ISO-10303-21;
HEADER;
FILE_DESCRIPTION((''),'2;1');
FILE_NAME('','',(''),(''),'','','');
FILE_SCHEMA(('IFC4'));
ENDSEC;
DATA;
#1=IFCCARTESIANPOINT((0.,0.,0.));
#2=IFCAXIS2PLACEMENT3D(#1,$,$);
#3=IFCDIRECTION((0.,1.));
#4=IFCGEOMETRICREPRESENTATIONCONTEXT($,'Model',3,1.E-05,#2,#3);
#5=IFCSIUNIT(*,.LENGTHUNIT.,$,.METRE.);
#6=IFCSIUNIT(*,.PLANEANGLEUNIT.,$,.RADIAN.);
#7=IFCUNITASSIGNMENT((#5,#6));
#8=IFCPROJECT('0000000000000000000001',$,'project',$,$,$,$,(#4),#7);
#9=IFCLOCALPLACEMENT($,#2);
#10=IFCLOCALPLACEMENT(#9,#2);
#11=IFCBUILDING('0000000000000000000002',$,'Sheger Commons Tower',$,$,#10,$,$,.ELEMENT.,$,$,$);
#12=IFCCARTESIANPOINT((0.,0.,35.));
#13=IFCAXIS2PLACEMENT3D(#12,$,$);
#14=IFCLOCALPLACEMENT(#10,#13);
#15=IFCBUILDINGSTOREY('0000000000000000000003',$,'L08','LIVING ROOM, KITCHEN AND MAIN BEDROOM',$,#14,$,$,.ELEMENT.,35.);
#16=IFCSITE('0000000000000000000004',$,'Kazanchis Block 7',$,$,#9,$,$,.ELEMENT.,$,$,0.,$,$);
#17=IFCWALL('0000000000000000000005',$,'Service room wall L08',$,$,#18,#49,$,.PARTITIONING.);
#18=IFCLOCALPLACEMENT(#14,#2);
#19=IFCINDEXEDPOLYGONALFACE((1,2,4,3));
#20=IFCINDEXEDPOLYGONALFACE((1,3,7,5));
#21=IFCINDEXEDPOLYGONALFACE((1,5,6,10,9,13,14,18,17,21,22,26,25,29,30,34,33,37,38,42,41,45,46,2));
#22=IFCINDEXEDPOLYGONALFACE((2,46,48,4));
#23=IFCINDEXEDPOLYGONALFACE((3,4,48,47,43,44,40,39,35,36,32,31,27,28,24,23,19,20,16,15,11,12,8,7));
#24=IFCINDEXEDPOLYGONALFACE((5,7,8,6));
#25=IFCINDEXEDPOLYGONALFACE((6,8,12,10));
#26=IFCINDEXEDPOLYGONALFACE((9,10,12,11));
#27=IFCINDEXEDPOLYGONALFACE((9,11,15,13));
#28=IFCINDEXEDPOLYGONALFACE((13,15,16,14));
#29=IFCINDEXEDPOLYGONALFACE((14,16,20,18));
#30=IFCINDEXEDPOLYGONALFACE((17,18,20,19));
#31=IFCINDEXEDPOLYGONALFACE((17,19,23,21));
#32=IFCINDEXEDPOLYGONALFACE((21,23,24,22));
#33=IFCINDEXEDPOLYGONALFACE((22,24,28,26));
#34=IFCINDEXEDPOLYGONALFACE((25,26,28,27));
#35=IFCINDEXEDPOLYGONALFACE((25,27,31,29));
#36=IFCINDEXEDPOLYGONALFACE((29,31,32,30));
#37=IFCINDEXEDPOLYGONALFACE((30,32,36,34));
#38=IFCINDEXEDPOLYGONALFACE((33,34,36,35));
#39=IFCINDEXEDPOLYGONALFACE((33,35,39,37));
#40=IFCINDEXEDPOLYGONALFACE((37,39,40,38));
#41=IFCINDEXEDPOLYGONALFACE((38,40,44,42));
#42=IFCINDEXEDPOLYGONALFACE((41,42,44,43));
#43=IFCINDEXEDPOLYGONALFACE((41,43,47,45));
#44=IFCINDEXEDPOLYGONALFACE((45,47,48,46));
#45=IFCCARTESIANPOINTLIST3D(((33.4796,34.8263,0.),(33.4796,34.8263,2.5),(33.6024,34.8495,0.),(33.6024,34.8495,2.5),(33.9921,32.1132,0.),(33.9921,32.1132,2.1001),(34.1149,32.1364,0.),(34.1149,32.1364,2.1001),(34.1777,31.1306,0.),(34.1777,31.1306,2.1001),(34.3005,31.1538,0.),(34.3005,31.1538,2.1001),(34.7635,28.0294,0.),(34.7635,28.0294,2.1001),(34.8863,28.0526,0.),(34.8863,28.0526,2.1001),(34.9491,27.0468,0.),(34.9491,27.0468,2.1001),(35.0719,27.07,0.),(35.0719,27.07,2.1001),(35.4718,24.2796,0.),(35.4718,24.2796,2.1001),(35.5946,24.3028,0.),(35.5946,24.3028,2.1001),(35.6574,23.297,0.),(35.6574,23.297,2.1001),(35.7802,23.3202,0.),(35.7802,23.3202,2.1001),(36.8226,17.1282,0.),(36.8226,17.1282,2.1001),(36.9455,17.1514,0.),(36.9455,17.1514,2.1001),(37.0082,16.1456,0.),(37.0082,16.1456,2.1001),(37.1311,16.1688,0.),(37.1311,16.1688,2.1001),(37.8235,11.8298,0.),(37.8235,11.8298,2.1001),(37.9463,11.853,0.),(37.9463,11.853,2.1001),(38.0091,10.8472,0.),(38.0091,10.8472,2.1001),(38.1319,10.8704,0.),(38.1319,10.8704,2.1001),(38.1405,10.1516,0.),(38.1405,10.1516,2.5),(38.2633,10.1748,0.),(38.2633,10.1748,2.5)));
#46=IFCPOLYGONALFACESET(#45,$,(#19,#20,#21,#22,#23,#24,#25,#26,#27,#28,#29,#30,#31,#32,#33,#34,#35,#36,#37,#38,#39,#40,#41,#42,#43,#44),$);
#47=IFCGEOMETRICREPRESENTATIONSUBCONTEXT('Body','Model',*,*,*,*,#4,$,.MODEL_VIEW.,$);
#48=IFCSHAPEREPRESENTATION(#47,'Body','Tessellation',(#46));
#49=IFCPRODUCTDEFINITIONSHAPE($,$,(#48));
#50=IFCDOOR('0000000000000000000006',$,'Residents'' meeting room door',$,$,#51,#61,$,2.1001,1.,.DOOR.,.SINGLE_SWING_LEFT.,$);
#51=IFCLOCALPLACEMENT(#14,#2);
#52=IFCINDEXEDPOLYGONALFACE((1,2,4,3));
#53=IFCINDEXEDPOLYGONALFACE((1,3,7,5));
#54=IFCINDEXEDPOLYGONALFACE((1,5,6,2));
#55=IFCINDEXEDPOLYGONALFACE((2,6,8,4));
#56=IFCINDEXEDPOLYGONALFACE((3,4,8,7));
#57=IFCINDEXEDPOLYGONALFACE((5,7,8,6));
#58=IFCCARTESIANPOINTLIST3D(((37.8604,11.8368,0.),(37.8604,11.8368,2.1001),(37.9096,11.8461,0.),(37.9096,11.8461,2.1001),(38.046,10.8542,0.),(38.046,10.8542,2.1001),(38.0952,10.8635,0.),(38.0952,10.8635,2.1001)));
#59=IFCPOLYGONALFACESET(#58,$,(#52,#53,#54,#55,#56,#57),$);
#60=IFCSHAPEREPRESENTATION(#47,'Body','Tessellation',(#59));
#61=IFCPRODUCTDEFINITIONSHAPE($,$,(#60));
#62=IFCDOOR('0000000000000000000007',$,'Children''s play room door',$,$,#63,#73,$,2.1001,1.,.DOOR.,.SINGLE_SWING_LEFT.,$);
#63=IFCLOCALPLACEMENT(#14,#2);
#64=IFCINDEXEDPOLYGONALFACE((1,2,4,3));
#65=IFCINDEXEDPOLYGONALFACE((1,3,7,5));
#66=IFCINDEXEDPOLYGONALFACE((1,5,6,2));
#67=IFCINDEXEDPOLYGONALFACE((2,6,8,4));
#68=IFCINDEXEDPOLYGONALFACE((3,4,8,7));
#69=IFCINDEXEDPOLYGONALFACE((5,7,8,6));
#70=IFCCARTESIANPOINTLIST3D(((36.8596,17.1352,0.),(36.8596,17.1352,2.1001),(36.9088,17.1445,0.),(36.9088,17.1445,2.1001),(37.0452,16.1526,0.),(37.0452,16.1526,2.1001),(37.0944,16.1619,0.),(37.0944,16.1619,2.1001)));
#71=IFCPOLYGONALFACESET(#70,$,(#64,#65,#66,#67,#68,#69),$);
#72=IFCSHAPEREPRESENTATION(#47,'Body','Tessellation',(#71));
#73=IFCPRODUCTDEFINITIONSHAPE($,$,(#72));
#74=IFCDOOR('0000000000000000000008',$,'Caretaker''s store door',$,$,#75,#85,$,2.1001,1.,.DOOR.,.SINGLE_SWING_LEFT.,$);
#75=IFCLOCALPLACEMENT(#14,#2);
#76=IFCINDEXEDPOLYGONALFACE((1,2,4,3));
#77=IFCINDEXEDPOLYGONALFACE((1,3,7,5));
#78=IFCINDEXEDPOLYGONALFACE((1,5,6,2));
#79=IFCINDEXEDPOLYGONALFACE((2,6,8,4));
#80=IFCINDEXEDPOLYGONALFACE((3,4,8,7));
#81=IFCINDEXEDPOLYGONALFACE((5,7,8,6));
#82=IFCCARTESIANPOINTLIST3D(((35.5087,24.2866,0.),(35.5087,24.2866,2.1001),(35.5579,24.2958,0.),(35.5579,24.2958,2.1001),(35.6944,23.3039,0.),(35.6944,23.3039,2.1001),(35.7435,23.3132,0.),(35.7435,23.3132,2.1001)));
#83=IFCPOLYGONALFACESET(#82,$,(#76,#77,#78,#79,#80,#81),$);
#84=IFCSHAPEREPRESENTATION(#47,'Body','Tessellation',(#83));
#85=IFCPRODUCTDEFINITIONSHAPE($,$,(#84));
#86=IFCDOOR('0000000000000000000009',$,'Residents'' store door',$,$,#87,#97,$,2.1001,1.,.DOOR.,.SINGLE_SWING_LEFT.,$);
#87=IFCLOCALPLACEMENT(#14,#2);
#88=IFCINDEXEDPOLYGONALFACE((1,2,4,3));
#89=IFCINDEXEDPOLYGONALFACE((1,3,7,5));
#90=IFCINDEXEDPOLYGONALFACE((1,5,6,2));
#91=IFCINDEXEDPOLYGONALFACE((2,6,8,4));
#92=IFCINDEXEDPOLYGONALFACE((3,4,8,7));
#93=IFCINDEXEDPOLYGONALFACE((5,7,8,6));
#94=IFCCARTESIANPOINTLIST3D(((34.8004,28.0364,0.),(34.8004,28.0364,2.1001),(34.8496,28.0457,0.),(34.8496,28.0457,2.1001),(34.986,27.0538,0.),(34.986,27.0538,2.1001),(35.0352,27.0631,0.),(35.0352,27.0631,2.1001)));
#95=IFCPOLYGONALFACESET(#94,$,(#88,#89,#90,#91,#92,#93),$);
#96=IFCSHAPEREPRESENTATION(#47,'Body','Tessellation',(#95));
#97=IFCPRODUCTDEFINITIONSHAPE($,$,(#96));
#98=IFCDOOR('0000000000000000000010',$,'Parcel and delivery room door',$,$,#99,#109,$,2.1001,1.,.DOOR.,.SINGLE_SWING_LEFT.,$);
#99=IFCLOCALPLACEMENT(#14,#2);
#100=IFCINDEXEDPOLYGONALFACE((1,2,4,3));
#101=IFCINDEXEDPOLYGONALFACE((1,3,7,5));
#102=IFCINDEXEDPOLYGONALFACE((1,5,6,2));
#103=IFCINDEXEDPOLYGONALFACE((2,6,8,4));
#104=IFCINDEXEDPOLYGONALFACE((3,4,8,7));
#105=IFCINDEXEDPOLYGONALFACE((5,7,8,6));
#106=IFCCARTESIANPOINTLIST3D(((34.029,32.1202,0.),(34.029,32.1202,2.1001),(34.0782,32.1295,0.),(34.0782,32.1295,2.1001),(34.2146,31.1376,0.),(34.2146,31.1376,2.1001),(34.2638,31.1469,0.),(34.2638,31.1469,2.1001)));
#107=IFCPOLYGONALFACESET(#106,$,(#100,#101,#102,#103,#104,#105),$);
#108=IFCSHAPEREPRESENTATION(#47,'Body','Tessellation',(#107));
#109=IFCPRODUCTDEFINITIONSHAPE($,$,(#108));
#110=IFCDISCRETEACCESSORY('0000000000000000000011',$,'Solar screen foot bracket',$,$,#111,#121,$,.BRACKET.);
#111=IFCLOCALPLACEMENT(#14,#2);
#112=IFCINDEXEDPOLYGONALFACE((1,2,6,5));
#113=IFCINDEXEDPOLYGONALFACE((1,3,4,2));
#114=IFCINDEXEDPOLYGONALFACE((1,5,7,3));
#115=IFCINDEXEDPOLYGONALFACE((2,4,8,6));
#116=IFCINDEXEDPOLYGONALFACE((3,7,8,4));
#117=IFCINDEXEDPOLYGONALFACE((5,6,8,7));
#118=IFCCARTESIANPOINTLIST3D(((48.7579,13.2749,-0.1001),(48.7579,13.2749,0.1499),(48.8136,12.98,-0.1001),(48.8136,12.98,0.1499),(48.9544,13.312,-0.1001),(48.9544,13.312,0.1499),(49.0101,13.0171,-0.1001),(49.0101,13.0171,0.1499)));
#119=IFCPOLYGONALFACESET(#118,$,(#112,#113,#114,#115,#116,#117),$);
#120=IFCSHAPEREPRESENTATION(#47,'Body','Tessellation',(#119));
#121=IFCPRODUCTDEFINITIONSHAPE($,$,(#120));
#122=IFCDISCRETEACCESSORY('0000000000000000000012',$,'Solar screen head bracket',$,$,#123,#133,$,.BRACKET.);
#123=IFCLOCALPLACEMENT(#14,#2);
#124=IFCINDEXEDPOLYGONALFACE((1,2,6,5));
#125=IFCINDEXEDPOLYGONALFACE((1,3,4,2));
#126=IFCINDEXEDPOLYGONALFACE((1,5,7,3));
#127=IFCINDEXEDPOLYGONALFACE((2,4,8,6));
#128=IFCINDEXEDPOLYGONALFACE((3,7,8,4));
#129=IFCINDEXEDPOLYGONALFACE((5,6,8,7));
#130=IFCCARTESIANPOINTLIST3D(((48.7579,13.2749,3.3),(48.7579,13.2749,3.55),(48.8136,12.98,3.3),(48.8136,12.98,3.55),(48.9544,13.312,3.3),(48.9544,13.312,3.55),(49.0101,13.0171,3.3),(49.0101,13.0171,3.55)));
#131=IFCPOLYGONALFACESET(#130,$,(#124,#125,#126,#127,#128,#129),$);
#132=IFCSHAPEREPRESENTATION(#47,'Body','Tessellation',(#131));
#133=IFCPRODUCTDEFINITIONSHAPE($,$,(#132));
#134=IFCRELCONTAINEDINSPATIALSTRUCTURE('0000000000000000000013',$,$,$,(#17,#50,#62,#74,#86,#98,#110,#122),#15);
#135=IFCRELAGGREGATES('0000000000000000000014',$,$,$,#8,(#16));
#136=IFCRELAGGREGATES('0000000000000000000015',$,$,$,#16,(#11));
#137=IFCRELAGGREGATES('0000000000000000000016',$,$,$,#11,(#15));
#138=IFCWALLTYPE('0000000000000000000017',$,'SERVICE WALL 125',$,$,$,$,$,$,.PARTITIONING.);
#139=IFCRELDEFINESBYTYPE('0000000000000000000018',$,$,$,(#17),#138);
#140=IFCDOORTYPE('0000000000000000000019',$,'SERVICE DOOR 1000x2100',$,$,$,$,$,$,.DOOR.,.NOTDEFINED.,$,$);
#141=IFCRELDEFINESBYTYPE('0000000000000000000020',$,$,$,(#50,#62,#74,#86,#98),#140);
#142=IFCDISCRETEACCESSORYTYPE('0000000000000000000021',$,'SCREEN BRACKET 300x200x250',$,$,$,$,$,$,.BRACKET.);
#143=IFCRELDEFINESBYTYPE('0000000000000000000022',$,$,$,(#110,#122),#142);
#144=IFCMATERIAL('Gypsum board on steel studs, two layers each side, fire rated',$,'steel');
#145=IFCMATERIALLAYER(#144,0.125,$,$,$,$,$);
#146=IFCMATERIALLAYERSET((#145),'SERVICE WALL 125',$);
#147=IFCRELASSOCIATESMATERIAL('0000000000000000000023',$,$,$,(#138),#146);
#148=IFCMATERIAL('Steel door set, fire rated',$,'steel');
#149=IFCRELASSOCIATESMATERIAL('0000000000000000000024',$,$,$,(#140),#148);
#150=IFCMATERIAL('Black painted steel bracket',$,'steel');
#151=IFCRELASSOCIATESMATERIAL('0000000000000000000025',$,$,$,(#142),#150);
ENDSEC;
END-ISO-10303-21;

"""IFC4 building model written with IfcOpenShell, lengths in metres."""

from ifc_helpers import new_model, si_unit, direction, frame, frame_2d, origin, origin_2d, place, context, subcontext, project, spatial, rectangle, extrude, material, layer, layer_set, type_object, element, fill, save


model = new_model("IFC4")

# Units and contexts
model_context = context("Model", 3, precision=1e-05, world=origin(), true_north=direction((0.0, 1.0)))
body_context = subcontext(model_context, "Body", "Model", "MODEL_VIEW")
ifc_project = project(units=[si_unit("LENGTHUNIT", "METRE"), si_unit("PLANEANGLEUNIT", "RADIAN")], contexts=[model_context])

# Site, building, storey
site_placement = place(None, origin())
site = spatial("IfcSite", under=ifc_project, at=site_placement, Name="Kazanchis Block 7", CompositionType="ELEMENT", RefElevation=0.0)
building_placement = place(site_placement, origin())
building = spatial("IfcBuilding", under=site, at=building_placement, Name="Sheger Commons Tower", CompositionType="ELEMENT")
storey_placement = place(building_placement, frame((0.0, 0.0, 35.0)))
storey = spatial("IfcBuildingStorey", under=building, at=storey_placement, Name="L08", Description="LIVING ROOM, KITCHEN AND MAIN BEDROOM", CompositionType="ELEMENT", Elevation=35.0)

# Wall, openings, doors
ifc_material_1 = material(Name="Gypsum board on steel studs, two layers each side, fire rated", Category="steel")
ifc_layer_1 = layer(ifc_material_1, 0.125)
ifc_layer_set_1 = layer_set([ifc_layer_1], Name="SERVICE WALL 125")
wall_type_1 = type_object("IfcWallType", Name="SERVICE WALL 125", PredefinedType="PARTITIONING", material=ifc_layer_set_1)
wall_1_placement = place(storey_placement, frame((38.2019, 10.1631, 0.0), z_axis=(0.0, 0.0, 1.0), x_axis=(-0.18561, 0.982623, 0.0)))
wall_1 = element("IfcWall", 1, at=wall_1_placement, inside=storey, type_object=wall_type_1, Name="Service room wall L08", PredefinedType="PARTITIONING", context=body_context, shape_type="SweptSolid", body=[
    extrude(rectangle(XDim=25.1111, YDim=0.125, at=frame_2d((12.5557, 0.0))), origin(), (0.0, 0.0, 1.0), 2.5),
])
opening_1_placement = place(wall_1_placement, frame((0.708, 0.0, 0.0)))
opening_1 = element("IfcOpeningElement", 2, at=opening_1_placement, cuts=wall_1, PredefinedType="OPENING", context=body_context, shape_type="SweptSolid", body=[
    extrude(rectangle(XDim=1.0, YDim=2.1001, at=frame_2d((0.5, 1.05))), frame((0.0, 0.0725, 0.0), z_axis=(0.0, -1.0, 0.0), x_axis=(1.0, 0.0, 0.0)), (0.0, 0.0, 1.0), 0.145),
])
opening_2_placement = place(wall_1_placement, frame((6.1001, 0.0, 0.0)))
opening_2 = element("IfcOpeningElement", 3, at=opening_2_placement, cuts=wall_1, PredefinedType="OPENING", context=body_context, shape_type="SweptSolid", body=[
    extrude(rectangle(XDim=1.0, YDim=2.1001, at=frame_2d((0.5, 1.05))), frame((0.0, 0.0725, 0.0), z_axis=(0.0, -1.0, 0.0), x_axis=(1.0, 0.0, 0.0)), (0.0, 0.0, 1.0), 0.145),
])
opening_3_placement = place(wall_1_placement, frame((13.3779, 0.0, 0.0)))
opening_3 = element("IfcOpeningElement", 4, at=opening_3_placement, cuts=wall_1, PredefinedType="OPENING", context=body_context, shape_type="SweptSolid", body=[
    extrude(rectangle(XDim=1.0, YDim=2.1001, at=frame_2d((0.5, 1.05))), frame((0.0, 0.0725, 0.0), z_axis=(0.0, -1.0, 0.0), x_axis=(1.0, 0.0, 0.0)), (0.0, 0.0, 1.0), 0.145),
])
opening_4_placement = place(wall_1_placement, frame((17.1941, 0.0, 0.0)))
opening_4 = element("IfcOpeningElement", 5, at=opening_4_placement, cuts=wall_1, PredefinedType="OPENING", context=body_context, shape_type="SweptSolid", body=[
    extrude(rectangle(XDim=1.0, YDim=2.1001, at=frame_2d((0.5, 1.05))), frame((0.0, 0.0725, 0.0), z_axis=(0.0, -1.0, 0.0), x_axis=(1.0, 0.0, 0.0)), (0.0, 0.0, 1.0), 0.145),
])
opening_5_placement = place(wall_1_placement, frame((21.3501, 0.0, 0.0)))
opening_5 = element("IfcOpeningElement", 6, at=opening_5_placement, cuts=wall_1, PredefinedType="OPENING", context=body_context, shape_type="SweptSolid", body=[
    extrude(rectangle(XDim=1.0, YDim=2.1001, at=frame_2d((0.5, 1.05))), frame((0.0, 0.0725, 0.0), z_axis=(0.0, -1.0, 0.0), x_axis=(1.0, 0.0, 0.0)), (0.0, 0.0, 1.0), 0.145),
])
ifc_material_2 = material(Name="Steel door set, fire rated", Category="steel")
door_type_1 = type_object("IfcDoorType", Name="SERVICE DOOR 1000x2100", OperationType="NOTDEFINED", PredefinedType="DOOR", material=ifc_material_2)
door_1_placement = place(opening_1_placement, origin())
door_1 = element("IfcDoor", 7, at=door_1_placement, inside=storey, type_object=door_type_1, Name="Residents' meeting room door", OperationType="SINGLE_SWING_LEFT", OverallHeight=2.1001, OverallWidth=1.0, PredefinedType="DOOR", context=body_context, shape_type="SweptSolid", body=[
    extrude(rectangle(XDim=1.0, YDim=2.1001, at=frame_2d((0.5, 1.05))), frame((0.0, 0.0249, 0.0), z_axis=(0.0, -1.0, 0.0), x_axis=(1.0, 0.0, 0.0)), (0.0, 0.0, 1.0), 0.05),
])
fill(opening_1, door_1)
door_2_placement = place(opening_2_placement, origin())
door_2 = element("IfcDoor", 8, at=door_2_placement, inside=storey, type_object=door_type_1, Name="Children's play room door", OperationType="SINGLE_SWING_LEFT", OverallHeight=2.1001, OverallWidth=1.0, PredefinedType="DOOR", context=body_context, shape_type="SweptSolid", body=[
    extrude(rectangle(XDim=1.0, YDim=2.1001, at=frame_2d((0.5, 1.05))), frame((0.0, 0.0249, 0.0), z_axis=(0.0, -1.0, 0.0), x_axis=(1.0, 0.0, 0.0)), (0.0, 0.0, 1.0), 0.05),
])
fill(opening_2, door_2)
door_3_placement = place(opening_3_placement, origin())
door_3 = element("IfcDoor", 9, at=door_3_placement, inside=storey, type_object=door_type_1, Name="Caretaker's store door", OperationType="SINGLE_SWING_LEFT", OverallHeight=2.1001, OverallWidth=1.0, PredefinedType="DOOR", context=body_context, shape_type="SweptSolid", body=[
    extrude(rectangle(XDim=1.0, YDim=2.1001, at=frame_2d((0.5, 1.05))), frame((0.0, 0.0249, 0.0), z_axis=(0.0, -1.0, 0.0), x_axis=(1.0, 0.0, 0.0)), (0.0, 0.0, 1.0), 0.05),
])
fill(opening_3, door_3)
door_4_placement = place(opening_4_placement, origin())
door_4 = element("IfcDoor", 10, at=door_4_placement, inside=storey, type_object=door_type_1, Name="Residents' store door", OperationType="SINGLE_SWING_LEFT", OverallHeight=2.1001, OverallWidth=1.0, PredefinedType="DOOR", context=body_context, shape_type="SweptSolid", body=[
    extrude(rectangle(XDim=1.0, YDim=2.1001, at=frame_2d((0.5, 1.05))), frame((0.0, 0.0249, 0.0), z_axis=(0.0, -1.0, 0.0), x_axis=(1.0, 0.0, 0.0)), (0.0, 0.0, 1.0), 0.05),
])
fill(opening_4, door_4)
door_5_placement = place(opening_5_placement, origin())
door_5 = element("IfcDoor", 11, at=door_5_placement, inside=storey, type_object=door_type_1, Name="Parcel and delivery room door", OperationType="SINGLE_SWING_LEFT", OverallHeight=2.1001, OverallWidth=1.0, PredefinedType="DOOR", context=body_context, shape_type="SweptSolid", body=[
    extrude(rectangle(XDim=1.0, YDim=2.1001, at=frame_2d((0.5, 1.05))), frame((0.0, 0.0249, 0.0), z_axis=(0.0, -1.0, 0.0), x_axis=(1.0, 0.0, 0.0)), (0.0, 0.0, 1.0), 0.05),
])
fill(opening_5, door_5)

# Discrete accessories
ifc_material_3 = material(Name="Black painted steel bracket", Category="steel")
discrete_accessory_type = type_object("IfcDiscreteAccessoryType", Name="SCREEN BRACKET 300x200x250", PredefinedType="BRACKET", material=ifc_material_3)
for number, where, z_axis, x_axis, name in (
    (12, (48.884, 13.146, -0.1001), (0.0, 0.0, 1.0), (-0.185615, 0.982623, 0.0), "Solar screen foot bracket"),
    (13, (48.884, 13.146, 3.3), (0.0, 0.0, 1.0), (-0.185615, 0.982623, 0.0), "Solar screen head bracket"),
):
    element("IfcDiscreteAccessory", number, at=place(storey_placement, frame(where, z_axis=z_axis, x_axis=x_axis)), inside=storey, type_object=discrete_accessory_type, Name=name, PredefinedType="BRACKET", context=body_context, shape_type="SweptSolid", body=[
        extrude(rectangle(XDim=0.3, YDim=0.2, at=origin_2d()), origin(), (0.0, 0.0, 1.0), 0.25),
    ])

save(model, "model.ifc")
